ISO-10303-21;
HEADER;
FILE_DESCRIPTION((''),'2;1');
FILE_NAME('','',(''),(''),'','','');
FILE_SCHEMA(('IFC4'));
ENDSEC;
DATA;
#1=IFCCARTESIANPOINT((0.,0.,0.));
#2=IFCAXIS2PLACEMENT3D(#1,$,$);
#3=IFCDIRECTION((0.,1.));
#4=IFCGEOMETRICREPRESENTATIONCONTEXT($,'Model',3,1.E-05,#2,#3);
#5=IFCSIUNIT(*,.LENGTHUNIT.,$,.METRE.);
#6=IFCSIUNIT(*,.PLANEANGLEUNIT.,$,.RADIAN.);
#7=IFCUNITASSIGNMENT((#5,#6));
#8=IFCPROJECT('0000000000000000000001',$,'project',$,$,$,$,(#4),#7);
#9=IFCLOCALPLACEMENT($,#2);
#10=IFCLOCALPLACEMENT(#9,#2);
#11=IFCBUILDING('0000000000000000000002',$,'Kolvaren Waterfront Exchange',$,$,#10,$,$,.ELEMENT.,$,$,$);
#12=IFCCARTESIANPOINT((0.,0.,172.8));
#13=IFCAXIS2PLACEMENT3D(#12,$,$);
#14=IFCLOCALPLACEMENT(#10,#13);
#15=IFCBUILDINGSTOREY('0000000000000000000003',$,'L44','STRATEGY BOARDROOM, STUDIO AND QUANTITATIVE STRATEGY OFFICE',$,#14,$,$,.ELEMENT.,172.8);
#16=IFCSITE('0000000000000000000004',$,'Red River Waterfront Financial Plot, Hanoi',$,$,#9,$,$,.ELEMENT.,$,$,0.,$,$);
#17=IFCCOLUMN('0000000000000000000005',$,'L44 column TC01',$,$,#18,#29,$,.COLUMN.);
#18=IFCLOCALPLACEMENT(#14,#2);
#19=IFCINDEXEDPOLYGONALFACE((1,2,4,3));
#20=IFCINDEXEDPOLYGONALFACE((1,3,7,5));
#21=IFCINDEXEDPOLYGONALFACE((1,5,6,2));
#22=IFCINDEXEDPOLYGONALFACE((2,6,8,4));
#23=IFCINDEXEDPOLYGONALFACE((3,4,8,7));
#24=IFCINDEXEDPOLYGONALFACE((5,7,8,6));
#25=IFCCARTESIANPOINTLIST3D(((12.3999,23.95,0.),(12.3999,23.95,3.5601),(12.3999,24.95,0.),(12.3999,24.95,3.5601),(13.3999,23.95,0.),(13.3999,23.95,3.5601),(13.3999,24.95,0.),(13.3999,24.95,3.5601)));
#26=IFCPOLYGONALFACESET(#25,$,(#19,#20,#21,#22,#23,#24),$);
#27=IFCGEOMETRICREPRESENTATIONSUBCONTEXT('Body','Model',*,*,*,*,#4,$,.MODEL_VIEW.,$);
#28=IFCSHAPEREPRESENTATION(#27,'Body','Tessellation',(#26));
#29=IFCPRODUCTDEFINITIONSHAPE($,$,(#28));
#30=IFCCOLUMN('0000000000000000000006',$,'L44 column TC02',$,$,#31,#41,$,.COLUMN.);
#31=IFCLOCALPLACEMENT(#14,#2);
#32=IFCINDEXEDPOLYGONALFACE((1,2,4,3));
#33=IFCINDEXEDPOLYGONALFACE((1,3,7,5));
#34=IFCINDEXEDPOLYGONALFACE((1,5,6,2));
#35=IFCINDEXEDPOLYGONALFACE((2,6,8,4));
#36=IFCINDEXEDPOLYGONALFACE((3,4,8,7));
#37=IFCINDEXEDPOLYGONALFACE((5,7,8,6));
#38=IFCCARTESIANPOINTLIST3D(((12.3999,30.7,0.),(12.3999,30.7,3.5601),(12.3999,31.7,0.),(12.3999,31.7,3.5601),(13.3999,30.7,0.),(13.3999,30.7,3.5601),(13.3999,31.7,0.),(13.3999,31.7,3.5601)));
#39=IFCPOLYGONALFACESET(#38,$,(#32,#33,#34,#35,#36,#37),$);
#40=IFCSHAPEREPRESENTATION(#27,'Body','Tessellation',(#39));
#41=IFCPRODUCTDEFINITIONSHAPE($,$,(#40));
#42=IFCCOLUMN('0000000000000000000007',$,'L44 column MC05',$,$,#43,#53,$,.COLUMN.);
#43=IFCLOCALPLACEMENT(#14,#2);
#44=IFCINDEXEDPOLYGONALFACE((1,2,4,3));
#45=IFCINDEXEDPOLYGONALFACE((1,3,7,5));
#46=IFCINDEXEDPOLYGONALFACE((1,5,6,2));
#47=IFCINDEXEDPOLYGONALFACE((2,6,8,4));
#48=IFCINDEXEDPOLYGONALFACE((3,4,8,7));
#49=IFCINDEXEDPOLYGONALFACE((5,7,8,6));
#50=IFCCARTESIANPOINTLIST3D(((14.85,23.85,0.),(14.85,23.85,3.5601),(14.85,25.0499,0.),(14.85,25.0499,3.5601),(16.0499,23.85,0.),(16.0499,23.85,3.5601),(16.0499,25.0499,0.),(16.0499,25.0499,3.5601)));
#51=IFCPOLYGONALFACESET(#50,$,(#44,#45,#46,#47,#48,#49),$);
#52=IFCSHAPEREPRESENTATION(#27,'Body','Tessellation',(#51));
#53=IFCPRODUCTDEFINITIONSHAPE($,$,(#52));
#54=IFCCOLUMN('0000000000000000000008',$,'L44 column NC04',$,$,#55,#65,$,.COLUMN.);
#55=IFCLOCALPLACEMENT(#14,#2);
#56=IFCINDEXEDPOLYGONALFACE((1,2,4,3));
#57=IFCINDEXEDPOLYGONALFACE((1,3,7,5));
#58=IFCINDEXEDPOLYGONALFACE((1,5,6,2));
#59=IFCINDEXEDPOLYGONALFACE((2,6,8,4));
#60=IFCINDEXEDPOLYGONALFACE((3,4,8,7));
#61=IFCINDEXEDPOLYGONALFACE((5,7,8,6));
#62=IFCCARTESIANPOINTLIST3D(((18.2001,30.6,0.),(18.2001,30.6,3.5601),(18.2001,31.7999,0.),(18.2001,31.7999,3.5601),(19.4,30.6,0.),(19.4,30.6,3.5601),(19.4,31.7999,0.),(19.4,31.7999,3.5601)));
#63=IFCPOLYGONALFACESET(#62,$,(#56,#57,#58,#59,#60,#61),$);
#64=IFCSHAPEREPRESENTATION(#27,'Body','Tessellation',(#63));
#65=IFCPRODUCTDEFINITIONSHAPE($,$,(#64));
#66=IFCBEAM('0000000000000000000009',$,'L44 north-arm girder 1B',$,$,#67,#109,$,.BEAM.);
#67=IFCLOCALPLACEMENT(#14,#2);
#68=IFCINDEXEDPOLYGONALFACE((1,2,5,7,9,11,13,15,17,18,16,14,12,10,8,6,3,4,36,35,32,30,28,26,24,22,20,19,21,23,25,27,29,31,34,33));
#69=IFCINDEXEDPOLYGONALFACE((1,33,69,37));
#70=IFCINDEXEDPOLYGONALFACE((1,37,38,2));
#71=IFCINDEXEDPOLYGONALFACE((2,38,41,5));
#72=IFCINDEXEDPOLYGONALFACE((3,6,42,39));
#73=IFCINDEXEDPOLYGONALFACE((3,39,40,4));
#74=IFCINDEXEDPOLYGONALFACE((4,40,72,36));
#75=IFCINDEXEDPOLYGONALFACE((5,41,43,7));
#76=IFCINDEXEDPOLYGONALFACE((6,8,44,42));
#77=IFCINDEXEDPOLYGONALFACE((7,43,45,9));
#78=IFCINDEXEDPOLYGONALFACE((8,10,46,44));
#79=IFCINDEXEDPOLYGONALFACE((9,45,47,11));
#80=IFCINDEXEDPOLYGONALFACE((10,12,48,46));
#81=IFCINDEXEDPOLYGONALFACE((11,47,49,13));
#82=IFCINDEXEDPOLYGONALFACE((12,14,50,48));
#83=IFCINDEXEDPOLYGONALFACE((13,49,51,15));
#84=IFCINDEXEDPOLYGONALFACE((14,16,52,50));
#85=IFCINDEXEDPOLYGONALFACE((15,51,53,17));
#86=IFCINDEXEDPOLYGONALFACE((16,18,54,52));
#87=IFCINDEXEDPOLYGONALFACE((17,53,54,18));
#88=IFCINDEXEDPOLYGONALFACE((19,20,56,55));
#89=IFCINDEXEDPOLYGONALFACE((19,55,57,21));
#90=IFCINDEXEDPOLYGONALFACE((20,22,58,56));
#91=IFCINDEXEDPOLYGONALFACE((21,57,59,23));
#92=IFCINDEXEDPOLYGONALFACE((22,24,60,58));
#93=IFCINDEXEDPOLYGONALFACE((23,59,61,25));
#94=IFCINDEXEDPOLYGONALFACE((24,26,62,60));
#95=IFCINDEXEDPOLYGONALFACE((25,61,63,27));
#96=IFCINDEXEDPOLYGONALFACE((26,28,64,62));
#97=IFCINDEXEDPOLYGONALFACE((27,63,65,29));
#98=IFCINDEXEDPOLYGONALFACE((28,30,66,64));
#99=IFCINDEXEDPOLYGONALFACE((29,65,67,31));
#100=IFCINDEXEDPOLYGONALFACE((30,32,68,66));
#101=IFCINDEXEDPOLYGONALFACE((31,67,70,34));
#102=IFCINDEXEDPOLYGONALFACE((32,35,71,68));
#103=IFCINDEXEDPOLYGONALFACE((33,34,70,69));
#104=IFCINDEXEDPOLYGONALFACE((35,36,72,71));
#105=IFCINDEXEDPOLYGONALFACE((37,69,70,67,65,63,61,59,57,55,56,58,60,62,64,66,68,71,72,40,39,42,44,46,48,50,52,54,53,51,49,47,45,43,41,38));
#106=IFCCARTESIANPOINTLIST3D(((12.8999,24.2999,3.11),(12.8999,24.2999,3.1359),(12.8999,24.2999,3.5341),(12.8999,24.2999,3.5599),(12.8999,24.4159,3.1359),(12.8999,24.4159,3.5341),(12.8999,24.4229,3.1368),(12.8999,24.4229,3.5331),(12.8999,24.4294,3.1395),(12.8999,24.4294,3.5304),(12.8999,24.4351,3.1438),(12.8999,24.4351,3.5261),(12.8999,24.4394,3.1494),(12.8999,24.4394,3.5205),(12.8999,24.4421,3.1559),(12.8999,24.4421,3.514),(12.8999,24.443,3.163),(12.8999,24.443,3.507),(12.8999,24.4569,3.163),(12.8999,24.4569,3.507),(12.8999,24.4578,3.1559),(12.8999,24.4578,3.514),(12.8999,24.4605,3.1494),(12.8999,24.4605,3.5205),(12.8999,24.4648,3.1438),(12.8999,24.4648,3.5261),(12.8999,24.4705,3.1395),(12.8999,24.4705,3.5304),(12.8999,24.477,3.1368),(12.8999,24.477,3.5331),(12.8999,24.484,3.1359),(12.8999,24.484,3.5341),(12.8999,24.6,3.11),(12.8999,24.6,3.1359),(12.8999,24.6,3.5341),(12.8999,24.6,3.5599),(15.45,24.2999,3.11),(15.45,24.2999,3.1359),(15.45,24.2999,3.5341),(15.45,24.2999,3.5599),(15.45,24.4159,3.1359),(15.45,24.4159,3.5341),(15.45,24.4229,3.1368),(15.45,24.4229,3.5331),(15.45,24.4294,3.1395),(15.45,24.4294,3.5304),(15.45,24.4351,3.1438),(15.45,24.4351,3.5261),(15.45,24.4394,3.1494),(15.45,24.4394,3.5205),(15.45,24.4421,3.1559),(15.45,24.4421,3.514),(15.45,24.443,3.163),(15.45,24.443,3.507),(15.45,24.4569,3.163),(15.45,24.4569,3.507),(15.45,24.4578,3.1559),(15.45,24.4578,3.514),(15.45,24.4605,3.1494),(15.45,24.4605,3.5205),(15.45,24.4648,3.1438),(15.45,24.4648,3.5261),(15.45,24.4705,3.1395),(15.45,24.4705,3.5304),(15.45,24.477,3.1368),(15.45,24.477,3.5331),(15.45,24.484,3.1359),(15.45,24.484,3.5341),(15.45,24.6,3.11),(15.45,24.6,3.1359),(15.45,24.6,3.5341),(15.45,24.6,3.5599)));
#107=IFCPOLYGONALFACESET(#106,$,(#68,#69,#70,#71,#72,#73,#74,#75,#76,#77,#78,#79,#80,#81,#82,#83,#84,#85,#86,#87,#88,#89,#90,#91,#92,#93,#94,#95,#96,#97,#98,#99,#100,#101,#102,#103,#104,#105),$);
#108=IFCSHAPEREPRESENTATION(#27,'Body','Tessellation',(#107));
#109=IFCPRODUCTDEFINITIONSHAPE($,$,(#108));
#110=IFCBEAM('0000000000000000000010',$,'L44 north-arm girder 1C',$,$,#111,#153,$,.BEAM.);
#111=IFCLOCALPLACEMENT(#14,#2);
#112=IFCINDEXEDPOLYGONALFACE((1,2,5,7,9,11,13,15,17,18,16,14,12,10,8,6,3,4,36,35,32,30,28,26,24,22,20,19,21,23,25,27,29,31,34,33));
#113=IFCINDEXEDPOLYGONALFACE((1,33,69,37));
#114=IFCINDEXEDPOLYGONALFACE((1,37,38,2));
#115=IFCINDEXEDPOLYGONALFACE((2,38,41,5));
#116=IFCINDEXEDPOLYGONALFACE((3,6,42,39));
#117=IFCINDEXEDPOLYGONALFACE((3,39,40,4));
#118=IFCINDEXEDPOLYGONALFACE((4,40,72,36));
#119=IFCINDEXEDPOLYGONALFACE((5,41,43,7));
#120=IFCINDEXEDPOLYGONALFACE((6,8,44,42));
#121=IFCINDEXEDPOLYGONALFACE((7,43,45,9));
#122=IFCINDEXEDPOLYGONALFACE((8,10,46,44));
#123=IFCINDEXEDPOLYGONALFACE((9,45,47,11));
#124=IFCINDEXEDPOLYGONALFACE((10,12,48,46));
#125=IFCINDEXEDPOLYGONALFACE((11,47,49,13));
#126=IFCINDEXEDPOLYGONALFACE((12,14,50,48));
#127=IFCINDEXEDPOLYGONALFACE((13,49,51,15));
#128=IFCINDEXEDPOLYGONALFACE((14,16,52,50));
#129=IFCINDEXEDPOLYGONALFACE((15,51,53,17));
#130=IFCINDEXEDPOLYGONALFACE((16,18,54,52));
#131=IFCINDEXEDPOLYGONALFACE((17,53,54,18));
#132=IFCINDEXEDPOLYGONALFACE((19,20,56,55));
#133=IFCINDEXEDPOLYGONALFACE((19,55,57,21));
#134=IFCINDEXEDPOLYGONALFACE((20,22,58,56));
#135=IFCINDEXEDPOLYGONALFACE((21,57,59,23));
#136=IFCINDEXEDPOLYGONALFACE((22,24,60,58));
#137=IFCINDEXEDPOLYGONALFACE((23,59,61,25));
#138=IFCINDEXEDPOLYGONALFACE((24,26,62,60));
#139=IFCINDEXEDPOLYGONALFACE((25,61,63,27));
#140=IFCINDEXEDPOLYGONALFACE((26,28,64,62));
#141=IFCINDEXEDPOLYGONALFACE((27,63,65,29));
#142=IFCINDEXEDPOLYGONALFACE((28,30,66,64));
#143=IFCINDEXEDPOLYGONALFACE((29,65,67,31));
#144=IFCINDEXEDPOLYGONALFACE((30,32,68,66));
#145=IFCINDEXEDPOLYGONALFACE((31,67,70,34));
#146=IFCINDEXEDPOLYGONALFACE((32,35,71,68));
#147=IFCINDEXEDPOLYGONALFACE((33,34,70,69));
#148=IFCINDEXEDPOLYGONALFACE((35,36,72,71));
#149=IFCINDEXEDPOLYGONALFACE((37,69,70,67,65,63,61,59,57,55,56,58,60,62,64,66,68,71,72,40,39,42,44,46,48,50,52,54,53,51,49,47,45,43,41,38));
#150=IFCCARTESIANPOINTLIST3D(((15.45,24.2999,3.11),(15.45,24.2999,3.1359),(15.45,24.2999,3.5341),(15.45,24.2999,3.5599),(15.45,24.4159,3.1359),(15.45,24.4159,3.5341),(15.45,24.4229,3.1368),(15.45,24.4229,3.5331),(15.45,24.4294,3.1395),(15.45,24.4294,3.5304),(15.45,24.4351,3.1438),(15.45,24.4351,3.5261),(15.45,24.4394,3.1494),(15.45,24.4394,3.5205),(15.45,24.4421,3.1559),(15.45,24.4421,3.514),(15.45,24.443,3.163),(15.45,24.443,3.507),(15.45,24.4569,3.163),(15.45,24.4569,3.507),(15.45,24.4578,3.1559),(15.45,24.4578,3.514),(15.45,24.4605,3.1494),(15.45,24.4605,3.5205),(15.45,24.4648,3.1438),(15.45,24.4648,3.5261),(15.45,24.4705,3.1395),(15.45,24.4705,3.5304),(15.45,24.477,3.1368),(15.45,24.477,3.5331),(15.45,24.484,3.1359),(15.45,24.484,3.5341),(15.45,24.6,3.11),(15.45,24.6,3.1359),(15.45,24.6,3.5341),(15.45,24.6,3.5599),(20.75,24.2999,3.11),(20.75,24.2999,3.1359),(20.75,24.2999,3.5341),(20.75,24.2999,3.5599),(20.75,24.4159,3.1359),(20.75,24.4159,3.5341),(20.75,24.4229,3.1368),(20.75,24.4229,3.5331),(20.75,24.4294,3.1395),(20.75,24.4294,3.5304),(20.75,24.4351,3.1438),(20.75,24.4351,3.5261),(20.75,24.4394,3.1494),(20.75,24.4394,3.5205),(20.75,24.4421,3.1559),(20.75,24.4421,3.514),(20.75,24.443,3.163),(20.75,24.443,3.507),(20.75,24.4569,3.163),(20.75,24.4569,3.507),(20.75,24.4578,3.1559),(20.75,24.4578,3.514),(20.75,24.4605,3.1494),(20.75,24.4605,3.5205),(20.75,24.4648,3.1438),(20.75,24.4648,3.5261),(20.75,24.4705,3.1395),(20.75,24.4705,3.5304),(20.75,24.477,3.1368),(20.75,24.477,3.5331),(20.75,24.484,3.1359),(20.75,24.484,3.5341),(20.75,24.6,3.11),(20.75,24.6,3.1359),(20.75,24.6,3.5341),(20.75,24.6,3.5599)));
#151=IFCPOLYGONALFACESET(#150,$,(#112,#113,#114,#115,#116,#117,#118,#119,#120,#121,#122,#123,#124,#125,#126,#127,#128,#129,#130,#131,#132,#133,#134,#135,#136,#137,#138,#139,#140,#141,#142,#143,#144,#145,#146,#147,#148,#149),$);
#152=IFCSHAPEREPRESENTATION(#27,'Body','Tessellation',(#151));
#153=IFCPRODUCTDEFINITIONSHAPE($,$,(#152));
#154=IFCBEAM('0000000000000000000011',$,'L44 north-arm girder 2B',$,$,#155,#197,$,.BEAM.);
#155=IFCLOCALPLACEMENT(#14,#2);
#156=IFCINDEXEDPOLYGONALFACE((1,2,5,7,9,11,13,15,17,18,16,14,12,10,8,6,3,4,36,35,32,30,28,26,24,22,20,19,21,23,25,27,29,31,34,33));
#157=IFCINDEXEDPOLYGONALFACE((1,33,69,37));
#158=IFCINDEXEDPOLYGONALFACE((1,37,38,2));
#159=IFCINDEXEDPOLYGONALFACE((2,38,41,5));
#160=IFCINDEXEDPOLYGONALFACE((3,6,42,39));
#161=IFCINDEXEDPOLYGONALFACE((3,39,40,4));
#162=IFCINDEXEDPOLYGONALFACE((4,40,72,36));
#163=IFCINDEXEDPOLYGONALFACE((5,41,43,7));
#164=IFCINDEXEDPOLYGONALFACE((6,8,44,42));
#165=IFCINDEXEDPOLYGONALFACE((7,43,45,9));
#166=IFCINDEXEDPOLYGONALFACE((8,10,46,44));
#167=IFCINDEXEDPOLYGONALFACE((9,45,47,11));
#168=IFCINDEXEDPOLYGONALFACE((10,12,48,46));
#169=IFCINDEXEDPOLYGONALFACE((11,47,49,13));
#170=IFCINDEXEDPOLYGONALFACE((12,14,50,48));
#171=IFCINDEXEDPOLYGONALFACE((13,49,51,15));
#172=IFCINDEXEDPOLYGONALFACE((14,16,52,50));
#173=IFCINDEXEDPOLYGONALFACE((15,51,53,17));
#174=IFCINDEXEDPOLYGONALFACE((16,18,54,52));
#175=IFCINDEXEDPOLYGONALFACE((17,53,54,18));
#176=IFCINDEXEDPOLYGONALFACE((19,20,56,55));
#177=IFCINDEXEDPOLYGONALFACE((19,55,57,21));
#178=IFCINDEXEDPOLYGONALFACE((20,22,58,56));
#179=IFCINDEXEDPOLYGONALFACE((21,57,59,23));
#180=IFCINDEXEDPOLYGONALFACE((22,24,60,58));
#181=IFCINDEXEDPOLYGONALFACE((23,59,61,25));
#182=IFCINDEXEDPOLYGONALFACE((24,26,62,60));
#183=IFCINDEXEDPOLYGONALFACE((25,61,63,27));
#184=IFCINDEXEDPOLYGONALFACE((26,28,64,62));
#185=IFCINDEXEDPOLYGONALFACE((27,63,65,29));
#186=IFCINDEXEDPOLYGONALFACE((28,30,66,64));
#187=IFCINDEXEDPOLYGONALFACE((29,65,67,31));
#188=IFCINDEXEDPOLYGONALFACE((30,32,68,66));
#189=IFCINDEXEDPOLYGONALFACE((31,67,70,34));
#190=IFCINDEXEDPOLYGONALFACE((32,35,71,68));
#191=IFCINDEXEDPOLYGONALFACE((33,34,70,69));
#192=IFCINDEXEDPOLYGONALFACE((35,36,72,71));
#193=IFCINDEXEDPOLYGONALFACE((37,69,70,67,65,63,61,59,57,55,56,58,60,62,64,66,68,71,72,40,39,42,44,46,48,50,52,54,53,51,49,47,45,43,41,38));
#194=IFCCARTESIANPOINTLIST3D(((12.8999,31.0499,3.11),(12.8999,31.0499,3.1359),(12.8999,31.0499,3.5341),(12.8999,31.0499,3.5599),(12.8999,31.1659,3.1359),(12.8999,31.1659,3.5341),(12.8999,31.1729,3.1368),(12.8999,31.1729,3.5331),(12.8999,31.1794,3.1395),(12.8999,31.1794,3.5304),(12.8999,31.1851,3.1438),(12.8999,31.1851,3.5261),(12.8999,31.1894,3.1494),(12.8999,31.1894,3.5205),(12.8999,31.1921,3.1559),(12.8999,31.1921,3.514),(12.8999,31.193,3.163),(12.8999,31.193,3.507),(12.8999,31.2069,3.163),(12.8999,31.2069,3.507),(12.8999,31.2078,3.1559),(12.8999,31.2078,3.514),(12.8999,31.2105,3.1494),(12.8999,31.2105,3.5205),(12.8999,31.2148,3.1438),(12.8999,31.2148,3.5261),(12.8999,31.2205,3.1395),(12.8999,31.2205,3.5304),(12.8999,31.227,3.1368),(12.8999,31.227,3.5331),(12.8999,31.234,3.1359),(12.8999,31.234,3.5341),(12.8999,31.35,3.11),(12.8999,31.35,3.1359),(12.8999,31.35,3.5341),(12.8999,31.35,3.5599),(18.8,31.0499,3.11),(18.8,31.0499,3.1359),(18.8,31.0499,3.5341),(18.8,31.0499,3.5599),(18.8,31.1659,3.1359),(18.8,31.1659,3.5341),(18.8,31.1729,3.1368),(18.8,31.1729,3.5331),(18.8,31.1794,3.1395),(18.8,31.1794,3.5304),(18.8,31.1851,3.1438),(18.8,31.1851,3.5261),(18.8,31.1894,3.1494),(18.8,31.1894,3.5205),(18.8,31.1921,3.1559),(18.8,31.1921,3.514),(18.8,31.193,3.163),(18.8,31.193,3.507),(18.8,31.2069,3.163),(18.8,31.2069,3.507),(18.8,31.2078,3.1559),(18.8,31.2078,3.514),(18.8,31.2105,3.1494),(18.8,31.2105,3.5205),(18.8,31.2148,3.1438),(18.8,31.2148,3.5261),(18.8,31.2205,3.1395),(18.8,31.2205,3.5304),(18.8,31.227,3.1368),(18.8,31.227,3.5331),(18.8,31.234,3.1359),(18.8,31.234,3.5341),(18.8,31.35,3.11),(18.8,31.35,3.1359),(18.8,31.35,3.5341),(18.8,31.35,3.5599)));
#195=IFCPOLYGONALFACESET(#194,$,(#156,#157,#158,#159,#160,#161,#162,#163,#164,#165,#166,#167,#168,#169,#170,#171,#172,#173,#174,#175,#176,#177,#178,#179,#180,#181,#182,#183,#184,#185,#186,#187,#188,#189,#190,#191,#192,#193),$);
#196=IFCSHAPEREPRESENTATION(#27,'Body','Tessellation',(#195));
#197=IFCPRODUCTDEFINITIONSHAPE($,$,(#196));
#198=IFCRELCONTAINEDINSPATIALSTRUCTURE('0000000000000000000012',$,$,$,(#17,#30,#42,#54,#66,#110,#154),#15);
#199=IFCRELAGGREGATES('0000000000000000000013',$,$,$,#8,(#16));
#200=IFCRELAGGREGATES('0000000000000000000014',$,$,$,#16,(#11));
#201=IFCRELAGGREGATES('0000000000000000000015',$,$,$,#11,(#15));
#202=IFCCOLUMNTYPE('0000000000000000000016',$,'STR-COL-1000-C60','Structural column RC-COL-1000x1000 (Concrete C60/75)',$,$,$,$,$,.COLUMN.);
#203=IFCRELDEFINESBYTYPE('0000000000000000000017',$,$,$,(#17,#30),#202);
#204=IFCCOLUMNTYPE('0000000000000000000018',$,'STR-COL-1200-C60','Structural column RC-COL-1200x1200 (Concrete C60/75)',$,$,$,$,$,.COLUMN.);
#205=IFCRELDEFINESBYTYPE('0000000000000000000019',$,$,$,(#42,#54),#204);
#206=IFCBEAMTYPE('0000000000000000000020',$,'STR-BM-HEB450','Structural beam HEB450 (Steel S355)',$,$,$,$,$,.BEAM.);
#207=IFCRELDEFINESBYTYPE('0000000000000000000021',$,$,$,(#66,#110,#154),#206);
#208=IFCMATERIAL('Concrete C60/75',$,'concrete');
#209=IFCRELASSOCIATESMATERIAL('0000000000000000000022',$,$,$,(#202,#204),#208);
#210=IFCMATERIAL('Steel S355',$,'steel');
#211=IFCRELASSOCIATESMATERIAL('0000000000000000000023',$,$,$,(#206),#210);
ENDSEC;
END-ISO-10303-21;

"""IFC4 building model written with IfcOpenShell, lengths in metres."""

from ifc_helpers import new_model, si_unit, direction, frame, origin, origin_2d, place, context, subcontext, project, spatial, rectangle, i_section, extrude, material, material_profile, profile_set, type_object, element, save


model = new_model("IFC4")

# Units and contexts
model_context = context("Model", 3, precision=1e-05, world=origin(), true_north=direction((0.0, 1.0)))
body_context = subcontext(model_context, "Body", "Model", "MODEL_VIEW")
ifc_project = project(units=[si_unit("LENGTHUNIT", "METRE"), si_unit("PLANEANGLEUNIT", "RADIAN")], contexts=[model_context])

# Site, building, storey
site_placement = place(None, origin())
site = spatial("IfcSite", under=ifc_project, at=site_placement, Name="Red River Waterfront Financial Plot, Hanoi", CompositionType="ELEMENT", RefElevation=0.0)
building_placement = place(site_placement, origin())
building = spatial("IfcBuilding", under=site, at=building_placement, Name="Kolvaren Waterfront Exchange", CompositionType="ELEMENT")
storey_placement = place(building_placement, frame((0.0, 0.0, 172.8)))
storey = spatial("IfcBuildingStorey", under=building, at=storey_placement, Name="L44", Description="STRATEGY BOARDROOM, STUDIO AND QUANTITATIVE STRATEGY OFFICE", CompositionType="ELEMENT", Elevation=172.8)

# Columns
ifc_material_1 = material(Name="Concrete C60/75", Category="concrete")
ifc_material_profile_1 = material_profile(ifc_material_1, rectangle(XDim=1.0, YDim=1.0, at=origin_2d()), Name="RC-COL-1000x1000")
ifc_profile_set_1 = profile_set([ifc_material_profile_1], Name="Concrete C60/75")
column_type_1 = type_object("IfcColumnType", Name="STR-COL-1000-C60", Description="Structural column RC-COL-1000x1000 (Concrete C60/75)", PredefinedType="COLUMN", material=ifc_profile_set_1)
for number, where, z_axis, x_axis, name in (
    (1, (12.8999, 24.45, 0.0), (0.0, 0.0, 1.0), (1.0, 0.0, 0.0), "L44 column TC01"),
    (2, (12.8999, 31.2, 0.0), (0.0, 0.0, 1.0), (1.0, 0.0, 0.0), "L44 column TC02"),
):
    element("IfcColumn", number, at=place(storey_placement, frame(where, z_axis=z_axis, x_axis=x_axis)), inside=storey, type_object=column_type_1, Name=name, PredefinedType="COLUMN", context=body_context, shape_type="SweptSolid", body=[
        extrude(rectangle(XDim=1.0, YDim=1.0, at=origin_2d()), origin(), (0.0, 0.0, 1.0), 3.5601),
    ])
ifc_material_profile_2 = material_profile(ifc_material_1, rectangle(XDim=1.2, YDim=1.2, at=origin_2d()), Name="RC-COL-1200x1200")
ifc_profile_set_2 = profile_set([ifc_material_profile_2], Name="Concrete C60/75")
column_type_2 = type_object("IfcColumnType", Name="STR-COL-1200-C60", Description="Structural column RC-COL-1200x1200 (Concrete C60/75)", PredefinedType="COLUMN", material=ifc_profile_set_2)
for number, where, z_axis, x_axis, name in (
    (3, (15.45, 24.45, 0.0), (0.0, 0.0, 1.0), (1.0, 0.0, 0.0), "L44 column MC05"),
    (4, (18.8, 31.2, 0.0), (0.0, 0.0, 1.0), (1.0, 0.0, 0.0), "L44 column NC04"),
):
    element("IfcColumn", number, at=place(storey_placement, frame(where, z_axis=z_axis, x_axis=x_axis)), inside=storey, type_object=column_type_2, Name=name, PredefinedType="COLUMN", context=body_context, shape_type="SweptSolid", body=[
        extrude(rectangle(XDim=1.2, YDim=1.2, at=origin_2d()), origin(), (0.0, 0.0, 1.0), 3.5601),
    ])

# Beams
ifc_material_2 = material(Name="Steel S355", Category="steel")
ifc_material_profile_3 = material_profile(ifc_material_2, i_section(OverallWidth=0.3, OverallDepth=0.45, WebThickness=0.0139, FlangeThickness=0.0259, FilletRadius=0.0271, at=origin_2d()), Name="HEB450")
ifc_profile_set_3 = profile_set([ifc_material_profile_3], Name="Steel S355")
beam_type_1 = type_object("IfcBeamType", Name="STR-BM-HEB450", Description="Structural beam HEB450 (Steel S355)", PredefinedType="BEAM", material=ifc_profile_set_3)
beam_1_placement = place(storey_placement, frame((12.8999, 24.45, 3.335), z_axis=(1.0, 0.0, 0.0), x_axis=(0.0, 1.0, 0.0)))
element("IfcBeam", 5, at=beam_1_placement, inside=storey, type_object=beam_type_1, Name="L44 north-arm girder 1B", PredefinedType="BEAM", context=body_context, shape_type="SweptSolid", body=[
    extrude(i_section(OverallWidth=0.3, OverallDepth=0.45, WebThickness=0.0139, FlangeThickness=0.0259, FilletRadius=0.0271, at=origin_2d()), origin(), (0.0, 0.0, 1.0), 2.55),
])
beam_2_placement = place(storey_placement, frame((15.45, 24.45, 3.335), z_axis=(1.0, 0.0, 0.0), x_axis=(0.0, 1.0, 0.0)))
element("IfcBeam", 6, at=beam_2_placement, inside=storey, type_object=beam_type_1, Name="L44 north-arm girder 1C", PredefinedType="BEAM", context=body_context, shape_type="SweptSolid", body=[
    extrude(i_section(OverallWidth=0.3, OverallDepth=0.45, WebThickness=0.0139, FlangeThickness=0.0259, FilletRadius=0.0271, at=origin_2d()), origin(), (0.0, 0.0, 1.0), 5.3),
])
beam_3_placement = place(storey_placement, frame((12.8999, 31.2, 3.335), z_axis=(1.0, 0.0, 0.0), x_axis=(0.0, 1.0, 0.0)))
element("IfcBeam", 7, at=beam_3_placement, inside=storey, type_object=beam_type_1, Name="L44 north-arm girder 2B", PredefinedType="BEAM", context=body_context, shape_type="SweptSolid", body=[
    extrude(i_section(OverallWidth=0.3, OverallDepth=0.45, WebThickness=0.0139, FlangeThickness=0.0259, FilletRadius=0.0271, at=origin_2d()), origin(), (0.0, 0.0, 1.0), 5.9001),
])

save(model, "model.ifc")
